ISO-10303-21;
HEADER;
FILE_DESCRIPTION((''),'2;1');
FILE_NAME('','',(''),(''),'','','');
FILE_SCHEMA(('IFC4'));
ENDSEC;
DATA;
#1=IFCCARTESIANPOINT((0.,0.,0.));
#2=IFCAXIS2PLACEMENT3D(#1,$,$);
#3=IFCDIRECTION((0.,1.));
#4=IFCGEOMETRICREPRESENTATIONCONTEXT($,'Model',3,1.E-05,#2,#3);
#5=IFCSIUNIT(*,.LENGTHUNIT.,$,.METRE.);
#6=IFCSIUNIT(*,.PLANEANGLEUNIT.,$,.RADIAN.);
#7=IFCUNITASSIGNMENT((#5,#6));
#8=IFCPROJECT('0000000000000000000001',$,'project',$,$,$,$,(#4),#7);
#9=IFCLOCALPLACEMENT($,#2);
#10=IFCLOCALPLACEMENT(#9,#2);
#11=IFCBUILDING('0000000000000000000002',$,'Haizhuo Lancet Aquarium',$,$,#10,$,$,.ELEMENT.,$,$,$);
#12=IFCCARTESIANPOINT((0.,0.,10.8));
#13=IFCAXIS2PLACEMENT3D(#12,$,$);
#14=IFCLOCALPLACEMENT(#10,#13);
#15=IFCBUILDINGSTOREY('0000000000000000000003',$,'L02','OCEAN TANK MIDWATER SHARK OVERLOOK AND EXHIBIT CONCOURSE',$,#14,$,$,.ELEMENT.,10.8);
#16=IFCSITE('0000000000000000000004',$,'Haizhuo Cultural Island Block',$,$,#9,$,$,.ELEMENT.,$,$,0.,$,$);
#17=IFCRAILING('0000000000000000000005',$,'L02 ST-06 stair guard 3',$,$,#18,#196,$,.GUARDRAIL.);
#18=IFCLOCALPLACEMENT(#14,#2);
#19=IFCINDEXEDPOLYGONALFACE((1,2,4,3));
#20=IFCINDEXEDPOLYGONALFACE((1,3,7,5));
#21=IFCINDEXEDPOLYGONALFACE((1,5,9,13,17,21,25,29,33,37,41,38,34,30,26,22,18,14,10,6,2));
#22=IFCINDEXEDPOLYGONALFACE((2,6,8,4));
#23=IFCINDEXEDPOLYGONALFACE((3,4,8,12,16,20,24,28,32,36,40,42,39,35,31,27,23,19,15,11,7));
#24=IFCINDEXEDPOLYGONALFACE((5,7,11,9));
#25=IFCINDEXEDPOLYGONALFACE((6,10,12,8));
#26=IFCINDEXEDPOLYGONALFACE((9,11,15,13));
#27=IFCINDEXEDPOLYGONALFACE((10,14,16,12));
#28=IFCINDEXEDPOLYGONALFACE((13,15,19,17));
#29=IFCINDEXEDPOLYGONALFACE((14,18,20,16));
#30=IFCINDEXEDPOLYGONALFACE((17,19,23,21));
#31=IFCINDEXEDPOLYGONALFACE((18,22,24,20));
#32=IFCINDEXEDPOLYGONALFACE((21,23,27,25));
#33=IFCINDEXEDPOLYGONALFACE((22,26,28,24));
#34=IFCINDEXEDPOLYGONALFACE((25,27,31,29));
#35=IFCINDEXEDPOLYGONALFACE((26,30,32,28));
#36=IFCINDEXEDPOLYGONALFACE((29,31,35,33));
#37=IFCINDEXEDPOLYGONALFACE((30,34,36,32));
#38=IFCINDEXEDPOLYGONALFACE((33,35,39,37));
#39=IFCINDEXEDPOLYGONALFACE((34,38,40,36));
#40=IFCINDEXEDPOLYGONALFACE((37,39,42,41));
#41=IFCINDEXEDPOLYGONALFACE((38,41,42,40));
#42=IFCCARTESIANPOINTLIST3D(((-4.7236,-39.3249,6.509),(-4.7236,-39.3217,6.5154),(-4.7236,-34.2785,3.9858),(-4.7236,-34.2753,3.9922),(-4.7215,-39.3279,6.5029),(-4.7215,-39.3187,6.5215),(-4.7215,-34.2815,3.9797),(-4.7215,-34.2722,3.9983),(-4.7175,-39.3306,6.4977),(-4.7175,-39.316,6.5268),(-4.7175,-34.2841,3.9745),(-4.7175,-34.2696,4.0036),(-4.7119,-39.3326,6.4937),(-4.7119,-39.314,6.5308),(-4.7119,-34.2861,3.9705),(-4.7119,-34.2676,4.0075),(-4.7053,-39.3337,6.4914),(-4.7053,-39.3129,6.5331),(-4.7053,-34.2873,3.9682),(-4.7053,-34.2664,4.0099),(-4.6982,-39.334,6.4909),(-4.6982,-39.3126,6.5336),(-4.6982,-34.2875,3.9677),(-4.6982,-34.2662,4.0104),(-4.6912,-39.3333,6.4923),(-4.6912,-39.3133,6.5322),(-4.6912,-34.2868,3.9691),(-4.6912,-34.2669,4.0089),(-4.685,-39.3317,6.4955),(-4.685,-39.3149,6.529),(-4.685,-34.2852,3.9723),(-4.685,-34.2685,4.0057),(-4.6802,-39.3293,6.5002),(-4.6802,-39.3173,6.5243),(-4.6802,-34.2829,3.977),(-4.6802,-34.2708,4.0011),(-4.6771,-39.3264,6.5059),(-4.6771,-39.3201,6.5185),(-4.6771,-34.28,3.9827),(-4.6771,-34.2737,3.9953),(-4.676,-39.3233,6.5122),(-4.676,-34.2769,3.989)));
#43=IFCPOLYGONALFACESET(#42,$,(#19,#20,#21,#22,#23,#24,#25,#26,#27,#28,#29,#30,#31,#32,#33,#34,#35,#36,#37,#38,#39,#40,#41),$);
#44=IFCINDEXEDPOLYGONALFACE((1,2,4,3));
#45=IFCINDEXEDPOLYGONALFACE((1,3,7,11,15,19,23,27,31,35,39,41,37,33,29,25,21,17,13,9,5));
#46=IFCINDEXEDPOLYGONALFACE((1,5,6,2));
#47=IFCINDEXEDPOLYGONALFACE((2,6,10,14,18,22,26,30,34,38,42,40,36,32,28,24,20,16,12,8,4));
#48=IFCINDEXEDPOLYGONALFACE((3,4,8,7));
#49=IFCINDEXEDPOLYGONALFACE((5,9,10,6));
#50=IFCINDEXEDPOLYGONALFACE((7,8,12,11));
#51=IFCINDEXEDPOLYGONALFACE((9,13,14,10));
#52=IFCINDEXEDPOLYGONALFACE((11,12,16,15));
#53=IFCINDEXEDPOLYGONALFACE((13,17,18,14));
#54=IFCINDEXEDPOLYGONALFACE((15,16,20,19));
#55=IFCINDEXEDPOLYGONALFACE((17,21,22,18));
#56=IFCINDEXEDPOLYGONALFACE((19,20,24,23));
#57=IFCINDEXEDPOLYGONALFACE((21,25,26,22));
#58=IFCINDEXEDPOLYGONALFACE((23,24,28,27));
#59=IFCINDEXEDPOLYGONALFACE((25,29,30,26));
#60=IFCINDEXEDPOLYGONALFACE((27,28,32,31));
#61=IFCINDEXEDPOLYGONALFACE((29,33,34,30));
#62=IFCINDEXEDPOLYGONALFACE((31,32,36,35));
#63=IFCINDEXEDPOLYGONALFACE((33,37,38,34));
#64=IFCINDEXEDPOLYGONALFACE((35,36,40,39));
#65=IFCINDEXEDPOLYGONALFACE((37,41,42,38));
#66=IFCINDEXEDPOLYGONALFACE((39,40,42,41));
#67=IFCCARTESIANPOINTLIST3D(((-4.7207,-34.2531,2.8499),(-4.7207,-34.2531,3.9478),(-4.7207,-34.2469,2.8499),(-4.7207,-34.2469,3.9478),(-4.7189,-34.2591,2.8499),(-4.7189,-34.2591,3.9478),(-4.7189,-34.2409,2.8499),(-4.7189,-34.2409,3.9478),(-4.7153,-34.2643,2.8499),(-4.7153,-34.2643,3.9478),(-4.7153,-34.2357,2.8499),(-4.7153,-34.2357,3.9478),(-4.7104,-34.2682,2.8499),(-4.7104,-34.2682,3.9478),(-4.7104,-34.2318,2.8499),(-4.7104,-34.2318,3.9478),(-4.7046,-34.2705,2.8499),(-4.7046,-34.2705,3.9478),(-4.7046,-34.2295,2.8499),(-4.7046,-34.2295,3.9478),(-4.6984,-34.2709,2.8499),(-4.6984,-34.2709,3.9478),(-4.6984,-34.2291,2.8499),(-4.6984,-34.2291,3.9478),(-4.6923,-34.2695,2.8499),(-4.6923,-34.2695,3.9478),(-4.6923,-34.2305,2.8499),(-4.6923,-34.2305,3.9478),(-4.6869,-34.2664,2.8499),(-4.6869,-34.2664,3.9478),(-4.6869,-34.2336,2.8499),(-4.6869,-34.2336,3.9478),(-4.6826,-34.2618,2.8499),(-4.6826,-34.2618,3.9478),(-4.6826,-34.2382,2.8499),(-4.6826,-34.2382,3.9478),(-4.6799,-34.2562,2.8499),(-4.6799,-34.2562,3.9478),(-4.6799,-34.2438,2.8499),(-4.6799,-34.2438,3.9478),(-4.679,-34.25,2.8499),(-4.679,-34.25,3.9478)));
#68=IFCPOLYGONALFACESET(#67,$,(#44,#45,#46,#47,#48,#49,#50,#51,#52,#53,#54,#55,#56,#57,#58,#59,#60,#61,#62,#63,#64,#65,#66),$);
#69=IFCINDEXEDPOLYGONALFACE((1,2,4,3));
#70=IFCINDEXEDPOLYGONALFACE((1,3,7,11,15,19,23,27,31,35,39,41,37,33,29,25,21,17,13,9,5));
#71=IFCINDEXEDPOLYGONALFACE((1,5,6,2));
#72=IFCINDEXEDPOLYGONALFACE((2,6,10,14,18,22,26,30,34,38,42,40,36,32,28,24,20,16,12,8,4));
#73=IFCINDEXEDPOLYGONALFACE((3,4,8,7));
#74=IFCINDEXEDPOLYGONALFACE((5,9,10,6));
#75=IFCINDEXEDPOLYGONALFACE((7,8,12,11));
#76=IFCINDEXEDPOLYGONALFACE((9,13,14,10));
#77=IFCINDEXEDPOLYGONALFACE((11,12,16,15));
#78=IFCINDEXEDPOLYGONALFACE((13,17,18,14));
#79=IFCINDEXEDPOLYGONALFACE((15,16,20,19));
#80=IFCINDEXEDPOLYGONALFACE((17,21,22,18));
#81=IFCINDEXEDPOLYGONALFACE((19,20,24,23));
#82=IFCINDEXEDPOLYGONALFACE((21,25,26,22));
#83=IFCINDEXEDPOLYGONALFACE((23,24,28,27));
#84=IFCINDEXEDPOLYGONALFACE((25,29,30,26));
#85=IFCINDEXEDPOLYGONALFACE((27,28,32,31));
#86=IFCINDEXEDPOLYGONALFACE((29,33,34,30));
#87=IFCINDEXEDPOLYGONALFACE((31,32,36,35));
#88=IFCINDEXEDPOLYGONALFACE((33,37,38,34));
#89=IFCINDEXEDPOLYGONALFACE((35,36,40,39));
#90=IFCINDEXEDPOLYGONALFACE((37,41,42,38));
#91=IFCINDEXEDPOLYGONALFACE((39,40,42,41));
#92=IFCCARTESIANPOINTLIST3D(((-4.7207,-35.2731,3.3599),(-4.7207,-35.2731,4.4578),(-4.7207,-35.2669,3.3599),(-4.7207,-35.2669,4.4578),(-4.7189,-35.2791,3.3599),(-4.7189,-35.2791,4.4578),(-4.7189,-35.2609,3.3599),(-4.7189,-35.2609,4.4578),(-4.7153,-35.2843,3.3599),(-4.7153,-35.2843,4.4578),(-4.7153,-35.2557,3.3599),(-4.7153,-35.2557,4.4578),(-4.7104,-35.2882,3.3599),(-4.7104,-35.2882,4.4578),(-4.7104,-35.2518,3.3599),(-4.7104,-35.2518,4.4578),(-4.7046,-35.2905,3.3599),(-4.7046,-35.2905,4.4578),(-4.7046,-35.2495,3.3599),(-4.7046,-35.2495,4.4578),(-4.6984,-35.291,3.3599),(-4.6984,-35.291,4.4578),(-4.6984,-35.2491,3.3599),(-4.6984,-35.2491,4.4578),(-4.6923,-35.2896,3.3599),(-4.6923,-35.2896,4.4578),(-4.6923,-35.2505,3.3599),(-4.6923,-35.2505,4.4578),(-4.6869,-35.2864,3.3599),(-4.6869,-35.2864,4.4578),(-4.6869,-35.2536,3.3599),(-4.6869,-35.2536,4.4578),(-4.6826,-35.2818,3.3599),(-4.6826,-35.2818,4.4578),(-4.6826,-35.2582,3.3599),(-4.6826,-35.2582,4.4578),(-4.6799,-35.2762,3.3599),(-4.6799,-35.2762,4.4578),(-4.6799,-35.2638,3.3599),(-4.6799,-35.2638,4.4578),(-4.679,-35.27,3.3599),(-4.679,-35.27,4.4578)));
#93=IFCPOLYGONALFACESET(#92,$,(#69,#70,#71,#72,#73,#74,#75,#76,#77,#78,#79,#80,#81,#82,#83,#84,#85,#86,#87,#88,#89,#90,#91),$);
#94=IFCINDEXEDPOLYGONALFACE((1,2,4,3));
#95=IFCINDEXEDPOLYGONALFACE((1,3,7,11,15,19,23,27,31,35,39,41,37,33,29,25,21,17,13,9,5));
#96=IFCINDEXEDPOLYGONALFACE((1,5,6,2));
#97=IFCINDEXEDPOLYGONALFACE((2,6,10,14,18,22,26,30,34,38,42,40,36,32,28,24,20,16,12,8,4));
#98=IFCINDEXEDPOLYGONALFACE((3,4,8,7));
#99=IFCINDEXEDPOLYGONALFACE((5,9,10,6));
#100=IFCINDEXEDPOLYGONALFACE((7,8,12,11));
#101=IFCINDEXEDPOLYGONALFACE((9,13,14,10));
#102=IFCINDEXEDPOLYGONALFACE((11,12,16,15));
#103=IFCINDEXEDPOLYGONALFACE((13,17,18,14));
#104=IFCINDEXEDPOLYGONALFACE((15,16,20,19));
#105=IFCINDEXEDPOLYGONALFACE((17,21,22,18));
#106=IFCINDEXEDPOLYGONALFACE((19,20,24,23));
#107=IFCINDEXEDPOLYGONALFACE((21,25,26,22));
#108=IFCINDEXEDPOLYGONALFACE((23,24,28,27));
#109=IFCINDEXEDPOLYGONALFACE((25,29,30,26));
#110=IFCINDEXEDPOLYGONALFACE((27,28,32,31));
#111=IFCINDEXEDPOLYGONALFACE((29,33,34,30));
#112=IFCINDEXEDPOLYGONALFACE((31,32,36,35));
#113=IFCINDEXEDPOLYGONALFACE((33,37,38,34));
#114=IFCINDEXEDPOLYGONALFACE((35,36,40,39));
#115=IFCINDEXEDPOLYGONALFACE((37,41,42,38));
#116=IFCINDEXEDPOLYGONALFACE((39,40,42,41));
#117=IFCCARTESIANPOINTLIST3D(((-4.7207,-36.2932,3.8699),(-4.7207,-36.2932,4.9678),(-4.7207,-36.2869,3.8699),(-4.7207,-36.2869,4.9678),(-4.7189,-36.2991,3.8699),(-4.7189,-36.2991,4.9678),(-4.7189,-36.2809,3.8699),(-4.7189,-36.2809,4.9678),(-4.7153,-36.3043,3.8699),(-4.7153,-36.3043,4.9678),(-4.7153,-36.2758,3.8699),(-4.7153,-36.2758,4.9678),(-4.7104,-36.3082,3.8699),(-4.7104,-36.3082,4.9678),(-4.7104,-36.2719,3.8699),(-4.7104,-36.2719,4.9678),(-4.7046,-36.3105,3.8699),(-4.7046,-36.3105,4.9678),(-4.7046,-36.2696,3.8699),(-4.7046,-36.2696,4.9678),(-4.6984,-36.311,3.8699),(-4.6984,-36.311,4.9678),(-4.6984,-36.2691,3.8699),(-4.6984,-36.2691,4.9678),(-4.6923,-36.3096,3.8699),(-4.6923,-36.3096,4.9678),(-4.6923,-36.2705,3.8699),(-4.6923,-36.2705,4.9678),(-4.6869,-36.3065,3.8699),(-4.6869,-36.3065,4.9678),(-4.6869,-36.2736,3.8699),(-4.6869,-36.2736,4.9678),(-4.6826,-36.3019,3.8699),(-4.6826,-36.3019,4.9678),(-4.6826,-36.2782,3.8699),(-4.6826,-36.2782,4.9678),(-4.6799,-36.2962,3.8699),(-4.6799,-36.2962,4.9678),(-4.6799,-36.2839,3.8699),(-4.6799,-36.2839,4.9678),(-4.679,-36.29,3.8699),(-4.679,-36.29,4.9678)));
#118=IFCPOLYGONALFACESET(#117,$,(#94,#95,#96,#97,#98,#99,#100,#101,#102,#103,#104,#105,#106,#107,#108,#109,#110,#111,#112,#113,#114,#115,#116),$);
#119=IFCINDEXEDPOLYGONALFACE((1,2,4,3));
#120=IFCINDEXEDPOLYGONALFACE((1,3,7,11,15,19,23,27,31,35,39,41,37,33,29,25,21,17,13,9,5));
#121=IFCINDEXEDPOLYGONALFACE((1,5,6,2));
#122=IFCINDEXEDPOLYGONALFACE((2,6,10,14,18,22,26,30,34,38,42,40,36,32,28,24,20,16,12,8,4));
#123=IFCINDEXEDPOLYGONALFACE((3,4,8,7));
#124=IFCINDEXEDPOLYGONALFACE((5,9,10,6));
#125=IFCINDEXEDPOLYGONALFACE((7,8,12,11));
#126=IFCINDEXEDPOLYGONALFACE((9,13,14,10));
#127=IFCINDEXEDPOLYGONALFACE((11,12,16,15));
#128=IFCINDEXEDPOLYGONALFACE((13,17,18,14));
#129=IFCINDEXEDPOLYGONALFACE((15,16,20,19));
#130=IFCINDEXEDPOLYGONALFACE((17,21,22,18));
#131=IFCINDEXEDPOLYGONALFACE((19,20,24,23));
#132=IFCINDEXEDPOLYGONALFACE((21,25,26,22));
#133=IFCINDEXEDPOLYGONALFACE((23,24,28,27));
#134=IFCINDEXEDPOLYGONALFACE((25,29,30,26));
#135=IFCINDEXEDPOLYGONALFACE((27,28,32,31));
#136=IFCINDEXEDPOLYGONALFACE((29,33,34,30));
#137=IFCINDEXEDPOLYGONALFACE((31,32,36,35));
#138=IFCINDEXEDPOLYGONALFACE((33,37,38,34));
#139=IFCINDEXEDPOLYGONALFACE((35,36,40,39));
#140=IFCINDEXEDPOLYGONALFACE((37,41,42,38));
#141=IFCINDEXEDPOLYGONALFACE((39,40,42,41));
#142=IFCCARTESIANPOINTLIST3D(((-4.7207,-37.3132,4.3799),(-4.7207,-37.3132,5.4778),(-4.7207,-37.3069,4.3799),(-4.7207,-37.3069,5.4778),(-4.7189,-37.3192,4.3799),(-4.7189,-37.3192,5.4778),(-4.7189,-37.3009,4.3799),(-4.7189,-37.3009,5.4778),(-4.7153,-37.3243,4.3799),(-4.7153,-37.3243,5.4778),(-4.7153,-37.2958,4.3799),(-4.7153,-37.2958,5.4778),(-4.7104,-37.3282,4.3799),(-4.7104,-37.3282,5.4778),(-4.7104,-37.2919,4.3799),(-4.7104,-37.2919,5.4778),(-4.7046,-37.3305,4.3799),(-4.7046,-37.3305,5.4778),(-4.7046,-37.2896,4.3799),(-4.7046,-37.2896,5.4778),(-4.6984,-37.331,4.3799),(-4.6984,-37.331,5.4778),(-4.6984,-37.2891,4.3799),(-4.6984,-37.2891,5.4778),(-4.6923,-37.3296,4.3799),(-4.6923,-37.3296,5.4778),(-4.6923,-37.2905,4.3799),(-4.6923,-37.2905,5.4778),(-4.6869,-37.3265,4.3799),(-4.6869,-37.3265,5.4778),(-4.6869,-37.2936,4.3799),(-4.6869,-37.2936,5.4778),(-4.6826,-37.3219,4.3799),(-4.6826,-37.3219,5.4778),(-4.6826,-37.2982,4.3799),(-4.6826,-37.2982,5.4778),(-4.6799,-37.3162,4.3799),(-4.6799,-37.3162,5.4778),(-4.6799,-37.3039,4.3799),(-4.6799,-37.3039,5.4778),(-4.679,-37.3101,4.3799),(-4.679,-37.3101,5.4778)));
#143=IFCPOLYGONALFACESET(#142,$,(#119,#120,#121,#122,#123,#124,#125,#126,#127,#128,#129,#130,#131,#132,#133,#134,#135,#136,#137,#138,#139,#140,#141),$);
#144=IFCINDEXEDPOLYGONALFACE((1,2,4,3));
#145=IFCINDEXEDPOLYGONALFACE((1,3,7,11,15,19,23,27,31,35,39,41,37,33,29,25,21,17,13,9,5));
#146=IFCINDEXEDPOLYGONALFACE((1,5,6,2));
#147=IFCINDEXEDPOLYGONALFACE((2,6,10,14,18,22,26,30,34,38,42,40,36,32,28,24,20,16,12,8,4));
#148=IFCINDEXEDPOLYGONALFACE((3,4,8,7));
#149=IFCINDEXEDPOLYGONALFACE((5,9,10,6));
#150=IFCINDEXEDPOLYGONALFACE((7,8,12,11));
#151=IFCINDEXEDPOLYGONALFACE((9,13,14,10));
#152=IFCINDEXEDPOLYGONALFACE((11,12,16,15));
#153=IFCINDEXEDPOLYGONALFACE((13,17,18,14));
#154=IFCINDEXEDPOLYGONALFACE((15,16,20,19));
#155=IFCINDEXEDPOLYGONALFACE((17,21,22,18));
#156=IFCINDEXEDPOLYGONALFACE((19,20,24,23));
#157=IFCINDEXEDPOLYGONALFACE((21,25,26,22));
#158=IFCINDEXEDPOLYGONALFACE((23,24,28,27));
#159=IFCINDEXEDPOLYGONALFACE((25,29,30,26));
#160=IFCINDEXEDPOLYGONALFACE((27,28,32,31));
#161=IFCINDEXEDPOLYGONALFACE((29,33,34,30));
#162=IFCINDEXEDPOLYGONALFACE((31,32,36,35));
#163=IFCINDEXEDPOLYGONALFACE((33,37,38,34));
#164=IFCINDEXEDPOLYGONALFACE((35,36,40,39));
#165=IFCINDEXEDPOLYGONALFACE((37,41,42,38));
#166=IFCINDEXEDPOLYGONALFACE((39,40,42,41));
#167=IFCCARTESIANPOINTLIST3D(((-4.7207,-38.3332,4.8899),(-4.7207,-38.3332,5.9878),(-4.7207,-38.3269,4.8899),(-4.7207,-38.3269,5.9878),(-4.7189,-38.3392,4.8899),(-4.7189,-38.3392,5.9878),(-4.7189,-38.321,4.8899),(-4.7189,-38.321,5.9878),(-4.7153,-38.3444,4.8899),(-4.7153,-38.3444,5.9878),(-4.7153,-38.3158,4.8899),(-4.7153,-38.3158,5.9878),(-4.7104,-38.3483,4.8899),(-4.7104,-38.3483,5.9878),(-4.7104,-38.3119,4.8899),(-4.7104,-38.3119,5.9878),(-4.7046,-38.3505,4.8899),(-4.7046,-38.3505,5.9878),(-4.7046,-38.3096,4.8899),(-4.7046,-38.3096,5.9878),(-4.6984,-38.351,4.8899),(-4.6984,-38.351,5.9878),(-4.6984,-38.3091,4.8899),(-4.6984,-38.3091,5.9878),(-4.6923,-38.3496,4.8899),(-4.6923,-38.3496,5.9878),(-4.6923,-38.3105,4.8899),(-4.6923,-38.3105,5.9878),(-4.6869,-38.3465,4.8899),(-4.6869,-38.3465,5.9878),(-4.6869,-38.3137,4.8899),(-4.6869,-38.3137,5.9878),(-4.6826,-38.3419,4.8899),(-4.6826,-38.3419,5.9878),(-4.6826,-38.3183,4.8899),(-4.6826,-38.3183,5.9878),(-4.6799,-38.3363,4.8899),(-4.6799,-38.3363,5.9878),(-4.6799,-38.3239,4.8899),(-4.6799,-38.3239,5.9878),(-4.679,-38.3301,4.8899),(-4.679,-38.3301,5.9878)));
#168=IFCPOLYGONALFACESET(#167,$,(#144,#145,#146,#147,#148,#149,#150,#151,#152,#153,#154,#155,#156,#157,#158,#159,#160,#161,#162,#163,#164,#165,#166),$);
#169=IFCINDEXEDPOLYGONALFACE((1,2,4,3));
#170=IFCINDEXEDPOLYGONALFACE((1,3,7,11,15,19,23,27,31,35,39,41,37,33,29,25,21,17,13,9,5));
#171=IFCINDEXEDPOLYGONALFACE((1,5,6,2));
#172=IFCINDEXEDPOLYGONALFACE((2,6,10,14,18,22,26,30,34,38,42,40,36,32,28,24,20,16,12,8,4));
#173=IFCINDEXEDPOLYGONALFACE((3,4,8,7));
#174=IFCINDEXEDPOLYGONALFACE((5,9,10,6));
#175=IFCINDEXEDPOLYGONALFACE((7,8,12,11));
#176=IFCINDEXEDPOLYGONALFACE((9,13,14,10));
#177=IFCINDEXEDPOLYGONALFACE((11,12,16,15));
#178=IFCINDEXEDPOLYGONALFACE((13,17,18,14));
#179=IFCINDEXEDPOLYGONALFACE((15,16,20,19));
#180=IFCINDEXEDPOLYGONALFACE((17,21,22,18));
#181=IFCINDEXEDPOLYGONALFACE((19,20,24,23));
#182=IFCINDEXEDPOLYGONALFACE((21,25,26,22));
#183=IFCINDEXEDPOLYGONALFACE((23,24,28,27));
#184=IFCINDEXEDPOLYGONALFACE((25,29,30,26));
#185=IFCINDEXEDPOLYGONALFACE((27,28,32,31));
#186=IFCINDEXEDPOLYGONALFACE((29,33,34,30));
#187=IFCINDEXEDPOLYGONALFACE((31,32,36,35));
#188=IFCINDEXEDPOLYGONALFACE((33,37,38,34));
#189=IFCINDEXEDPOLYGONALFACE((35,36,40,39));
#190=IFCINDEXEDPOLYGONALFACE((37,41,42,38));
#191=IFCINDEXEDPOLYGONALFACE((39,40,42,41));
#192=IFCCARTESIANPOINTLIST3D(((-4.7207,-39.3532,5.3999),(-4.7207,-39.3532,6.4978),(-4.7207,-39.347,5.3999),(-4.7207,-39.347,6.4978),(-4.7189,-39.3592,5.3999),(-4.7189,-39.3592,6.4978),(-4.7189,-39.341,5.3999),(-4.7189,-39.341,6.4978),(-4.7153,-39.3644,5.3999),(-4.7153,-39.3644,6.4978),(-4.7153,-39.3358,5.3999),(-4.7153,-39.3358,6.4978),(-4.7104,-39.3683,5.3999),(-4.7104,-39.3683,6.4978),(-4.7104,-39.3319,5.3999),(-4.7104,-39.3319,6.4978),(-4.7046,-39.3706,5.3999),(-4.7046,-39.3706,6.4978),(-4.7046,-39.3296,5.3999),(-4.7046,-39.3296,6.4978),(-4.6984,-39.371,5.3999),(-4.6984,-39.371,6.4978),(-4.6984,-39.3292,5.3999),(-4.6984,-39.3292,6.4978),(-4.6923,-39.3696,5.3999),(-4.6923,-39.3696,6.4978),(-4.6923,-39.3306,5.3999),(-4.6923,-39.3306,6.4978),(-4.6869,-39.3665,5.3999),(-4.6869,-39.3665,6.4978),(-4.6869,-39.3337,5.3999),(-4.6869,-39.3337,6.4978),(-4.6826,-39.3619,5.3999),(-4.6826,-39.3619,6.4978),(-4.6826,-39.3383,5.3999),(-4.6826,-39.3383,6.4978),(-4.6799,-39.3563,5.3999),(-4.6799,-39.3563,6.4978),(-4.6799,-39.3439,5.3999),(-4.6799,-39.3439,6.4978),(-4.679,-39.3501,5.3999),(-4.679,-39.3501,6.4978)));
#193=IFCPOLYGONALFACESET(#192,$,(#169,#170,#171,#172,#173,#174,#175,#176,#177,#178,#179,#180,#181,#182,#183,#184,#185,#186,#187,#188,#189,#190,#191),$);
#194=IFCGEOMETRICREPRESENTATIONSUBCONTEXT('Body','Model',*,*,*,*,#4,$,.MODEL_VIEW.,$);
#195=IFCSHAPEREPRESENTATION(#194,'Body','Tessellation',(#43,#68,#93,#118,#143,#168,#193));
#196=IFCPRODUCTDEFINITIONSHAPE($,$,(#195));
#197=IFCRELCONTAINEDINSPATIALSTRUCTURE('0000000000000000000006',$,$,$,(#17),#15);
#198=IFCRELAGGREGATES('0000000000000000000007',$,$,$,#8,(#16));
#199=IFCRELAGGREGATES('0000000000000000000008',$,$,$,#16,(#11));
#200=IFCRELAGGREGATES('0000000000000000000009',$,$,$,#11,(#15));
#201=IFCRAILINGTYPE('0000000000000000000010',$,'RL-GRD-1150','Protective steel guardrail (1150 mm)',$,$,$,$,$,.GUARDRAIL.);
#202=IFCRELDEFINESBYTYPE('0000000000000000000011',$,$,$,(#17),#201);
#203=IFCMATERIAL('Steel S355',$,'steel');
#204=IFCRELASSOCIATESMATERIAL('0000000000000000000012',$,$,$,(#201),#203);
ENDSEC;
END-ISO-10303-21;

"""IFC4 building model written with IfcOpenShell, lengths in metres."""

from ifc_helpers import new_model, si_unit, direction, frame, origin, origin_2d, place, context, subcontext, project, spatial, circle, extrude, material, type_object, element, save


model = new_model("IFC4")

# Units and contexts
model_context = context("Model", 3, precision=1e-05, world=origin(), true_north=direction((0.0, 1.0)))
body_context = subcontext(model_context, "Body", "Model", "MODEL_VIEW")
ifc_project = project(units=[si_unit("LENGTHUNIT", "METRE"), si_unit("PLANEANGLEUNIT", "RADIAN")], contexts=[model_context])

# Site, building, storey
site_placement = place(None, origin())
site = spatial("IfcSite", under=ifc_project, at=site_placement, Name="Haizhuo Cultural Island Block", CompositionType="ELEMENT", RefElevation=0.0)
building_placement = place(site_placement, origin())
building = spatial("IfcBuilding", under=site, at=building_placement, Name="Haizhuo Lancet Aquarium", CompositionType="ELEMENT")
storey_placement = place(building_placement, frame((0.0, 0.0, 10.8)))
storey = spatial("IfcBuildingStorey", under=building, at=storey_placement, Name="L02", Description="OCEAN TANK MIDWATER SHARK OVERLOOK AND EXHIBIT CONCOURSE", CompositionType="ELEMENT", Elevation=10.8)

# Shared definitions
ifc_material_1 = material(Name="Steel S355", Category="steel")

# Railing
railing_type = type_object("IfcRailingType", Name="RL-GRD-1150", Description="Protective steel guardrail (1150 mm)", PredefinedType="GUARDRAIL", material=ifc_material_1)
railing_1_placement = place(storey_placement, frame((-4.7, -34.25, 2.8499)))
element("IfcRailing", 1, at=railing_1_placement, inside=storey, type_object=railing_type, Name="L02 ST-06 stair guard 3", PredefinedType="GUARDRAIL", context=body_context, shape_type="SweptSolid", body=[
    extrude(circle(Radius=0.0239, at=origin_2d()), frame((0.0, -0.0269, 1.1392), z_axis=(0.0, -0.894427, 0.447214), x_axis=(1.0, 0.0, 0.0)), (0.0, 0.0, 1.0), 5.6421),
    extrude(circle(Radius=0.021, at=origin_2d()), origin(), (0.0, 0.0, 1.0), 1.0979),
    extrude(circle(Radius=0.021, at=origin_2d()), frame((0.0, -1.02, 0.51)), (0.0, 0.0, 1.0), 1.0979),
    extrude(circle(Radius=0.021, at=origin_2d()), frame((0.0, -2.04, 1.02)), (0.0, 0.0, 1.0), 1.0979),
    extrude(circle(Radius=0.021, at=origin_2d()), frame((0.0, -3.0601, 1.53)), (0.0, 0.0, 1.0), 1.0979),
    extrude(circle(Radius=0.021, at=origin_2d()), frame((0.0, -4.0801, 2.04)), (0.0, 0.0, 1.0), 1.0979),
    extrude(circle(Radius=0.021, at=origin_2d()), frame((0.0, -5.1001, 2.55)), (0.0, 0.0, 1.0), 1.0979),
])

save(model, "model.ifc")
